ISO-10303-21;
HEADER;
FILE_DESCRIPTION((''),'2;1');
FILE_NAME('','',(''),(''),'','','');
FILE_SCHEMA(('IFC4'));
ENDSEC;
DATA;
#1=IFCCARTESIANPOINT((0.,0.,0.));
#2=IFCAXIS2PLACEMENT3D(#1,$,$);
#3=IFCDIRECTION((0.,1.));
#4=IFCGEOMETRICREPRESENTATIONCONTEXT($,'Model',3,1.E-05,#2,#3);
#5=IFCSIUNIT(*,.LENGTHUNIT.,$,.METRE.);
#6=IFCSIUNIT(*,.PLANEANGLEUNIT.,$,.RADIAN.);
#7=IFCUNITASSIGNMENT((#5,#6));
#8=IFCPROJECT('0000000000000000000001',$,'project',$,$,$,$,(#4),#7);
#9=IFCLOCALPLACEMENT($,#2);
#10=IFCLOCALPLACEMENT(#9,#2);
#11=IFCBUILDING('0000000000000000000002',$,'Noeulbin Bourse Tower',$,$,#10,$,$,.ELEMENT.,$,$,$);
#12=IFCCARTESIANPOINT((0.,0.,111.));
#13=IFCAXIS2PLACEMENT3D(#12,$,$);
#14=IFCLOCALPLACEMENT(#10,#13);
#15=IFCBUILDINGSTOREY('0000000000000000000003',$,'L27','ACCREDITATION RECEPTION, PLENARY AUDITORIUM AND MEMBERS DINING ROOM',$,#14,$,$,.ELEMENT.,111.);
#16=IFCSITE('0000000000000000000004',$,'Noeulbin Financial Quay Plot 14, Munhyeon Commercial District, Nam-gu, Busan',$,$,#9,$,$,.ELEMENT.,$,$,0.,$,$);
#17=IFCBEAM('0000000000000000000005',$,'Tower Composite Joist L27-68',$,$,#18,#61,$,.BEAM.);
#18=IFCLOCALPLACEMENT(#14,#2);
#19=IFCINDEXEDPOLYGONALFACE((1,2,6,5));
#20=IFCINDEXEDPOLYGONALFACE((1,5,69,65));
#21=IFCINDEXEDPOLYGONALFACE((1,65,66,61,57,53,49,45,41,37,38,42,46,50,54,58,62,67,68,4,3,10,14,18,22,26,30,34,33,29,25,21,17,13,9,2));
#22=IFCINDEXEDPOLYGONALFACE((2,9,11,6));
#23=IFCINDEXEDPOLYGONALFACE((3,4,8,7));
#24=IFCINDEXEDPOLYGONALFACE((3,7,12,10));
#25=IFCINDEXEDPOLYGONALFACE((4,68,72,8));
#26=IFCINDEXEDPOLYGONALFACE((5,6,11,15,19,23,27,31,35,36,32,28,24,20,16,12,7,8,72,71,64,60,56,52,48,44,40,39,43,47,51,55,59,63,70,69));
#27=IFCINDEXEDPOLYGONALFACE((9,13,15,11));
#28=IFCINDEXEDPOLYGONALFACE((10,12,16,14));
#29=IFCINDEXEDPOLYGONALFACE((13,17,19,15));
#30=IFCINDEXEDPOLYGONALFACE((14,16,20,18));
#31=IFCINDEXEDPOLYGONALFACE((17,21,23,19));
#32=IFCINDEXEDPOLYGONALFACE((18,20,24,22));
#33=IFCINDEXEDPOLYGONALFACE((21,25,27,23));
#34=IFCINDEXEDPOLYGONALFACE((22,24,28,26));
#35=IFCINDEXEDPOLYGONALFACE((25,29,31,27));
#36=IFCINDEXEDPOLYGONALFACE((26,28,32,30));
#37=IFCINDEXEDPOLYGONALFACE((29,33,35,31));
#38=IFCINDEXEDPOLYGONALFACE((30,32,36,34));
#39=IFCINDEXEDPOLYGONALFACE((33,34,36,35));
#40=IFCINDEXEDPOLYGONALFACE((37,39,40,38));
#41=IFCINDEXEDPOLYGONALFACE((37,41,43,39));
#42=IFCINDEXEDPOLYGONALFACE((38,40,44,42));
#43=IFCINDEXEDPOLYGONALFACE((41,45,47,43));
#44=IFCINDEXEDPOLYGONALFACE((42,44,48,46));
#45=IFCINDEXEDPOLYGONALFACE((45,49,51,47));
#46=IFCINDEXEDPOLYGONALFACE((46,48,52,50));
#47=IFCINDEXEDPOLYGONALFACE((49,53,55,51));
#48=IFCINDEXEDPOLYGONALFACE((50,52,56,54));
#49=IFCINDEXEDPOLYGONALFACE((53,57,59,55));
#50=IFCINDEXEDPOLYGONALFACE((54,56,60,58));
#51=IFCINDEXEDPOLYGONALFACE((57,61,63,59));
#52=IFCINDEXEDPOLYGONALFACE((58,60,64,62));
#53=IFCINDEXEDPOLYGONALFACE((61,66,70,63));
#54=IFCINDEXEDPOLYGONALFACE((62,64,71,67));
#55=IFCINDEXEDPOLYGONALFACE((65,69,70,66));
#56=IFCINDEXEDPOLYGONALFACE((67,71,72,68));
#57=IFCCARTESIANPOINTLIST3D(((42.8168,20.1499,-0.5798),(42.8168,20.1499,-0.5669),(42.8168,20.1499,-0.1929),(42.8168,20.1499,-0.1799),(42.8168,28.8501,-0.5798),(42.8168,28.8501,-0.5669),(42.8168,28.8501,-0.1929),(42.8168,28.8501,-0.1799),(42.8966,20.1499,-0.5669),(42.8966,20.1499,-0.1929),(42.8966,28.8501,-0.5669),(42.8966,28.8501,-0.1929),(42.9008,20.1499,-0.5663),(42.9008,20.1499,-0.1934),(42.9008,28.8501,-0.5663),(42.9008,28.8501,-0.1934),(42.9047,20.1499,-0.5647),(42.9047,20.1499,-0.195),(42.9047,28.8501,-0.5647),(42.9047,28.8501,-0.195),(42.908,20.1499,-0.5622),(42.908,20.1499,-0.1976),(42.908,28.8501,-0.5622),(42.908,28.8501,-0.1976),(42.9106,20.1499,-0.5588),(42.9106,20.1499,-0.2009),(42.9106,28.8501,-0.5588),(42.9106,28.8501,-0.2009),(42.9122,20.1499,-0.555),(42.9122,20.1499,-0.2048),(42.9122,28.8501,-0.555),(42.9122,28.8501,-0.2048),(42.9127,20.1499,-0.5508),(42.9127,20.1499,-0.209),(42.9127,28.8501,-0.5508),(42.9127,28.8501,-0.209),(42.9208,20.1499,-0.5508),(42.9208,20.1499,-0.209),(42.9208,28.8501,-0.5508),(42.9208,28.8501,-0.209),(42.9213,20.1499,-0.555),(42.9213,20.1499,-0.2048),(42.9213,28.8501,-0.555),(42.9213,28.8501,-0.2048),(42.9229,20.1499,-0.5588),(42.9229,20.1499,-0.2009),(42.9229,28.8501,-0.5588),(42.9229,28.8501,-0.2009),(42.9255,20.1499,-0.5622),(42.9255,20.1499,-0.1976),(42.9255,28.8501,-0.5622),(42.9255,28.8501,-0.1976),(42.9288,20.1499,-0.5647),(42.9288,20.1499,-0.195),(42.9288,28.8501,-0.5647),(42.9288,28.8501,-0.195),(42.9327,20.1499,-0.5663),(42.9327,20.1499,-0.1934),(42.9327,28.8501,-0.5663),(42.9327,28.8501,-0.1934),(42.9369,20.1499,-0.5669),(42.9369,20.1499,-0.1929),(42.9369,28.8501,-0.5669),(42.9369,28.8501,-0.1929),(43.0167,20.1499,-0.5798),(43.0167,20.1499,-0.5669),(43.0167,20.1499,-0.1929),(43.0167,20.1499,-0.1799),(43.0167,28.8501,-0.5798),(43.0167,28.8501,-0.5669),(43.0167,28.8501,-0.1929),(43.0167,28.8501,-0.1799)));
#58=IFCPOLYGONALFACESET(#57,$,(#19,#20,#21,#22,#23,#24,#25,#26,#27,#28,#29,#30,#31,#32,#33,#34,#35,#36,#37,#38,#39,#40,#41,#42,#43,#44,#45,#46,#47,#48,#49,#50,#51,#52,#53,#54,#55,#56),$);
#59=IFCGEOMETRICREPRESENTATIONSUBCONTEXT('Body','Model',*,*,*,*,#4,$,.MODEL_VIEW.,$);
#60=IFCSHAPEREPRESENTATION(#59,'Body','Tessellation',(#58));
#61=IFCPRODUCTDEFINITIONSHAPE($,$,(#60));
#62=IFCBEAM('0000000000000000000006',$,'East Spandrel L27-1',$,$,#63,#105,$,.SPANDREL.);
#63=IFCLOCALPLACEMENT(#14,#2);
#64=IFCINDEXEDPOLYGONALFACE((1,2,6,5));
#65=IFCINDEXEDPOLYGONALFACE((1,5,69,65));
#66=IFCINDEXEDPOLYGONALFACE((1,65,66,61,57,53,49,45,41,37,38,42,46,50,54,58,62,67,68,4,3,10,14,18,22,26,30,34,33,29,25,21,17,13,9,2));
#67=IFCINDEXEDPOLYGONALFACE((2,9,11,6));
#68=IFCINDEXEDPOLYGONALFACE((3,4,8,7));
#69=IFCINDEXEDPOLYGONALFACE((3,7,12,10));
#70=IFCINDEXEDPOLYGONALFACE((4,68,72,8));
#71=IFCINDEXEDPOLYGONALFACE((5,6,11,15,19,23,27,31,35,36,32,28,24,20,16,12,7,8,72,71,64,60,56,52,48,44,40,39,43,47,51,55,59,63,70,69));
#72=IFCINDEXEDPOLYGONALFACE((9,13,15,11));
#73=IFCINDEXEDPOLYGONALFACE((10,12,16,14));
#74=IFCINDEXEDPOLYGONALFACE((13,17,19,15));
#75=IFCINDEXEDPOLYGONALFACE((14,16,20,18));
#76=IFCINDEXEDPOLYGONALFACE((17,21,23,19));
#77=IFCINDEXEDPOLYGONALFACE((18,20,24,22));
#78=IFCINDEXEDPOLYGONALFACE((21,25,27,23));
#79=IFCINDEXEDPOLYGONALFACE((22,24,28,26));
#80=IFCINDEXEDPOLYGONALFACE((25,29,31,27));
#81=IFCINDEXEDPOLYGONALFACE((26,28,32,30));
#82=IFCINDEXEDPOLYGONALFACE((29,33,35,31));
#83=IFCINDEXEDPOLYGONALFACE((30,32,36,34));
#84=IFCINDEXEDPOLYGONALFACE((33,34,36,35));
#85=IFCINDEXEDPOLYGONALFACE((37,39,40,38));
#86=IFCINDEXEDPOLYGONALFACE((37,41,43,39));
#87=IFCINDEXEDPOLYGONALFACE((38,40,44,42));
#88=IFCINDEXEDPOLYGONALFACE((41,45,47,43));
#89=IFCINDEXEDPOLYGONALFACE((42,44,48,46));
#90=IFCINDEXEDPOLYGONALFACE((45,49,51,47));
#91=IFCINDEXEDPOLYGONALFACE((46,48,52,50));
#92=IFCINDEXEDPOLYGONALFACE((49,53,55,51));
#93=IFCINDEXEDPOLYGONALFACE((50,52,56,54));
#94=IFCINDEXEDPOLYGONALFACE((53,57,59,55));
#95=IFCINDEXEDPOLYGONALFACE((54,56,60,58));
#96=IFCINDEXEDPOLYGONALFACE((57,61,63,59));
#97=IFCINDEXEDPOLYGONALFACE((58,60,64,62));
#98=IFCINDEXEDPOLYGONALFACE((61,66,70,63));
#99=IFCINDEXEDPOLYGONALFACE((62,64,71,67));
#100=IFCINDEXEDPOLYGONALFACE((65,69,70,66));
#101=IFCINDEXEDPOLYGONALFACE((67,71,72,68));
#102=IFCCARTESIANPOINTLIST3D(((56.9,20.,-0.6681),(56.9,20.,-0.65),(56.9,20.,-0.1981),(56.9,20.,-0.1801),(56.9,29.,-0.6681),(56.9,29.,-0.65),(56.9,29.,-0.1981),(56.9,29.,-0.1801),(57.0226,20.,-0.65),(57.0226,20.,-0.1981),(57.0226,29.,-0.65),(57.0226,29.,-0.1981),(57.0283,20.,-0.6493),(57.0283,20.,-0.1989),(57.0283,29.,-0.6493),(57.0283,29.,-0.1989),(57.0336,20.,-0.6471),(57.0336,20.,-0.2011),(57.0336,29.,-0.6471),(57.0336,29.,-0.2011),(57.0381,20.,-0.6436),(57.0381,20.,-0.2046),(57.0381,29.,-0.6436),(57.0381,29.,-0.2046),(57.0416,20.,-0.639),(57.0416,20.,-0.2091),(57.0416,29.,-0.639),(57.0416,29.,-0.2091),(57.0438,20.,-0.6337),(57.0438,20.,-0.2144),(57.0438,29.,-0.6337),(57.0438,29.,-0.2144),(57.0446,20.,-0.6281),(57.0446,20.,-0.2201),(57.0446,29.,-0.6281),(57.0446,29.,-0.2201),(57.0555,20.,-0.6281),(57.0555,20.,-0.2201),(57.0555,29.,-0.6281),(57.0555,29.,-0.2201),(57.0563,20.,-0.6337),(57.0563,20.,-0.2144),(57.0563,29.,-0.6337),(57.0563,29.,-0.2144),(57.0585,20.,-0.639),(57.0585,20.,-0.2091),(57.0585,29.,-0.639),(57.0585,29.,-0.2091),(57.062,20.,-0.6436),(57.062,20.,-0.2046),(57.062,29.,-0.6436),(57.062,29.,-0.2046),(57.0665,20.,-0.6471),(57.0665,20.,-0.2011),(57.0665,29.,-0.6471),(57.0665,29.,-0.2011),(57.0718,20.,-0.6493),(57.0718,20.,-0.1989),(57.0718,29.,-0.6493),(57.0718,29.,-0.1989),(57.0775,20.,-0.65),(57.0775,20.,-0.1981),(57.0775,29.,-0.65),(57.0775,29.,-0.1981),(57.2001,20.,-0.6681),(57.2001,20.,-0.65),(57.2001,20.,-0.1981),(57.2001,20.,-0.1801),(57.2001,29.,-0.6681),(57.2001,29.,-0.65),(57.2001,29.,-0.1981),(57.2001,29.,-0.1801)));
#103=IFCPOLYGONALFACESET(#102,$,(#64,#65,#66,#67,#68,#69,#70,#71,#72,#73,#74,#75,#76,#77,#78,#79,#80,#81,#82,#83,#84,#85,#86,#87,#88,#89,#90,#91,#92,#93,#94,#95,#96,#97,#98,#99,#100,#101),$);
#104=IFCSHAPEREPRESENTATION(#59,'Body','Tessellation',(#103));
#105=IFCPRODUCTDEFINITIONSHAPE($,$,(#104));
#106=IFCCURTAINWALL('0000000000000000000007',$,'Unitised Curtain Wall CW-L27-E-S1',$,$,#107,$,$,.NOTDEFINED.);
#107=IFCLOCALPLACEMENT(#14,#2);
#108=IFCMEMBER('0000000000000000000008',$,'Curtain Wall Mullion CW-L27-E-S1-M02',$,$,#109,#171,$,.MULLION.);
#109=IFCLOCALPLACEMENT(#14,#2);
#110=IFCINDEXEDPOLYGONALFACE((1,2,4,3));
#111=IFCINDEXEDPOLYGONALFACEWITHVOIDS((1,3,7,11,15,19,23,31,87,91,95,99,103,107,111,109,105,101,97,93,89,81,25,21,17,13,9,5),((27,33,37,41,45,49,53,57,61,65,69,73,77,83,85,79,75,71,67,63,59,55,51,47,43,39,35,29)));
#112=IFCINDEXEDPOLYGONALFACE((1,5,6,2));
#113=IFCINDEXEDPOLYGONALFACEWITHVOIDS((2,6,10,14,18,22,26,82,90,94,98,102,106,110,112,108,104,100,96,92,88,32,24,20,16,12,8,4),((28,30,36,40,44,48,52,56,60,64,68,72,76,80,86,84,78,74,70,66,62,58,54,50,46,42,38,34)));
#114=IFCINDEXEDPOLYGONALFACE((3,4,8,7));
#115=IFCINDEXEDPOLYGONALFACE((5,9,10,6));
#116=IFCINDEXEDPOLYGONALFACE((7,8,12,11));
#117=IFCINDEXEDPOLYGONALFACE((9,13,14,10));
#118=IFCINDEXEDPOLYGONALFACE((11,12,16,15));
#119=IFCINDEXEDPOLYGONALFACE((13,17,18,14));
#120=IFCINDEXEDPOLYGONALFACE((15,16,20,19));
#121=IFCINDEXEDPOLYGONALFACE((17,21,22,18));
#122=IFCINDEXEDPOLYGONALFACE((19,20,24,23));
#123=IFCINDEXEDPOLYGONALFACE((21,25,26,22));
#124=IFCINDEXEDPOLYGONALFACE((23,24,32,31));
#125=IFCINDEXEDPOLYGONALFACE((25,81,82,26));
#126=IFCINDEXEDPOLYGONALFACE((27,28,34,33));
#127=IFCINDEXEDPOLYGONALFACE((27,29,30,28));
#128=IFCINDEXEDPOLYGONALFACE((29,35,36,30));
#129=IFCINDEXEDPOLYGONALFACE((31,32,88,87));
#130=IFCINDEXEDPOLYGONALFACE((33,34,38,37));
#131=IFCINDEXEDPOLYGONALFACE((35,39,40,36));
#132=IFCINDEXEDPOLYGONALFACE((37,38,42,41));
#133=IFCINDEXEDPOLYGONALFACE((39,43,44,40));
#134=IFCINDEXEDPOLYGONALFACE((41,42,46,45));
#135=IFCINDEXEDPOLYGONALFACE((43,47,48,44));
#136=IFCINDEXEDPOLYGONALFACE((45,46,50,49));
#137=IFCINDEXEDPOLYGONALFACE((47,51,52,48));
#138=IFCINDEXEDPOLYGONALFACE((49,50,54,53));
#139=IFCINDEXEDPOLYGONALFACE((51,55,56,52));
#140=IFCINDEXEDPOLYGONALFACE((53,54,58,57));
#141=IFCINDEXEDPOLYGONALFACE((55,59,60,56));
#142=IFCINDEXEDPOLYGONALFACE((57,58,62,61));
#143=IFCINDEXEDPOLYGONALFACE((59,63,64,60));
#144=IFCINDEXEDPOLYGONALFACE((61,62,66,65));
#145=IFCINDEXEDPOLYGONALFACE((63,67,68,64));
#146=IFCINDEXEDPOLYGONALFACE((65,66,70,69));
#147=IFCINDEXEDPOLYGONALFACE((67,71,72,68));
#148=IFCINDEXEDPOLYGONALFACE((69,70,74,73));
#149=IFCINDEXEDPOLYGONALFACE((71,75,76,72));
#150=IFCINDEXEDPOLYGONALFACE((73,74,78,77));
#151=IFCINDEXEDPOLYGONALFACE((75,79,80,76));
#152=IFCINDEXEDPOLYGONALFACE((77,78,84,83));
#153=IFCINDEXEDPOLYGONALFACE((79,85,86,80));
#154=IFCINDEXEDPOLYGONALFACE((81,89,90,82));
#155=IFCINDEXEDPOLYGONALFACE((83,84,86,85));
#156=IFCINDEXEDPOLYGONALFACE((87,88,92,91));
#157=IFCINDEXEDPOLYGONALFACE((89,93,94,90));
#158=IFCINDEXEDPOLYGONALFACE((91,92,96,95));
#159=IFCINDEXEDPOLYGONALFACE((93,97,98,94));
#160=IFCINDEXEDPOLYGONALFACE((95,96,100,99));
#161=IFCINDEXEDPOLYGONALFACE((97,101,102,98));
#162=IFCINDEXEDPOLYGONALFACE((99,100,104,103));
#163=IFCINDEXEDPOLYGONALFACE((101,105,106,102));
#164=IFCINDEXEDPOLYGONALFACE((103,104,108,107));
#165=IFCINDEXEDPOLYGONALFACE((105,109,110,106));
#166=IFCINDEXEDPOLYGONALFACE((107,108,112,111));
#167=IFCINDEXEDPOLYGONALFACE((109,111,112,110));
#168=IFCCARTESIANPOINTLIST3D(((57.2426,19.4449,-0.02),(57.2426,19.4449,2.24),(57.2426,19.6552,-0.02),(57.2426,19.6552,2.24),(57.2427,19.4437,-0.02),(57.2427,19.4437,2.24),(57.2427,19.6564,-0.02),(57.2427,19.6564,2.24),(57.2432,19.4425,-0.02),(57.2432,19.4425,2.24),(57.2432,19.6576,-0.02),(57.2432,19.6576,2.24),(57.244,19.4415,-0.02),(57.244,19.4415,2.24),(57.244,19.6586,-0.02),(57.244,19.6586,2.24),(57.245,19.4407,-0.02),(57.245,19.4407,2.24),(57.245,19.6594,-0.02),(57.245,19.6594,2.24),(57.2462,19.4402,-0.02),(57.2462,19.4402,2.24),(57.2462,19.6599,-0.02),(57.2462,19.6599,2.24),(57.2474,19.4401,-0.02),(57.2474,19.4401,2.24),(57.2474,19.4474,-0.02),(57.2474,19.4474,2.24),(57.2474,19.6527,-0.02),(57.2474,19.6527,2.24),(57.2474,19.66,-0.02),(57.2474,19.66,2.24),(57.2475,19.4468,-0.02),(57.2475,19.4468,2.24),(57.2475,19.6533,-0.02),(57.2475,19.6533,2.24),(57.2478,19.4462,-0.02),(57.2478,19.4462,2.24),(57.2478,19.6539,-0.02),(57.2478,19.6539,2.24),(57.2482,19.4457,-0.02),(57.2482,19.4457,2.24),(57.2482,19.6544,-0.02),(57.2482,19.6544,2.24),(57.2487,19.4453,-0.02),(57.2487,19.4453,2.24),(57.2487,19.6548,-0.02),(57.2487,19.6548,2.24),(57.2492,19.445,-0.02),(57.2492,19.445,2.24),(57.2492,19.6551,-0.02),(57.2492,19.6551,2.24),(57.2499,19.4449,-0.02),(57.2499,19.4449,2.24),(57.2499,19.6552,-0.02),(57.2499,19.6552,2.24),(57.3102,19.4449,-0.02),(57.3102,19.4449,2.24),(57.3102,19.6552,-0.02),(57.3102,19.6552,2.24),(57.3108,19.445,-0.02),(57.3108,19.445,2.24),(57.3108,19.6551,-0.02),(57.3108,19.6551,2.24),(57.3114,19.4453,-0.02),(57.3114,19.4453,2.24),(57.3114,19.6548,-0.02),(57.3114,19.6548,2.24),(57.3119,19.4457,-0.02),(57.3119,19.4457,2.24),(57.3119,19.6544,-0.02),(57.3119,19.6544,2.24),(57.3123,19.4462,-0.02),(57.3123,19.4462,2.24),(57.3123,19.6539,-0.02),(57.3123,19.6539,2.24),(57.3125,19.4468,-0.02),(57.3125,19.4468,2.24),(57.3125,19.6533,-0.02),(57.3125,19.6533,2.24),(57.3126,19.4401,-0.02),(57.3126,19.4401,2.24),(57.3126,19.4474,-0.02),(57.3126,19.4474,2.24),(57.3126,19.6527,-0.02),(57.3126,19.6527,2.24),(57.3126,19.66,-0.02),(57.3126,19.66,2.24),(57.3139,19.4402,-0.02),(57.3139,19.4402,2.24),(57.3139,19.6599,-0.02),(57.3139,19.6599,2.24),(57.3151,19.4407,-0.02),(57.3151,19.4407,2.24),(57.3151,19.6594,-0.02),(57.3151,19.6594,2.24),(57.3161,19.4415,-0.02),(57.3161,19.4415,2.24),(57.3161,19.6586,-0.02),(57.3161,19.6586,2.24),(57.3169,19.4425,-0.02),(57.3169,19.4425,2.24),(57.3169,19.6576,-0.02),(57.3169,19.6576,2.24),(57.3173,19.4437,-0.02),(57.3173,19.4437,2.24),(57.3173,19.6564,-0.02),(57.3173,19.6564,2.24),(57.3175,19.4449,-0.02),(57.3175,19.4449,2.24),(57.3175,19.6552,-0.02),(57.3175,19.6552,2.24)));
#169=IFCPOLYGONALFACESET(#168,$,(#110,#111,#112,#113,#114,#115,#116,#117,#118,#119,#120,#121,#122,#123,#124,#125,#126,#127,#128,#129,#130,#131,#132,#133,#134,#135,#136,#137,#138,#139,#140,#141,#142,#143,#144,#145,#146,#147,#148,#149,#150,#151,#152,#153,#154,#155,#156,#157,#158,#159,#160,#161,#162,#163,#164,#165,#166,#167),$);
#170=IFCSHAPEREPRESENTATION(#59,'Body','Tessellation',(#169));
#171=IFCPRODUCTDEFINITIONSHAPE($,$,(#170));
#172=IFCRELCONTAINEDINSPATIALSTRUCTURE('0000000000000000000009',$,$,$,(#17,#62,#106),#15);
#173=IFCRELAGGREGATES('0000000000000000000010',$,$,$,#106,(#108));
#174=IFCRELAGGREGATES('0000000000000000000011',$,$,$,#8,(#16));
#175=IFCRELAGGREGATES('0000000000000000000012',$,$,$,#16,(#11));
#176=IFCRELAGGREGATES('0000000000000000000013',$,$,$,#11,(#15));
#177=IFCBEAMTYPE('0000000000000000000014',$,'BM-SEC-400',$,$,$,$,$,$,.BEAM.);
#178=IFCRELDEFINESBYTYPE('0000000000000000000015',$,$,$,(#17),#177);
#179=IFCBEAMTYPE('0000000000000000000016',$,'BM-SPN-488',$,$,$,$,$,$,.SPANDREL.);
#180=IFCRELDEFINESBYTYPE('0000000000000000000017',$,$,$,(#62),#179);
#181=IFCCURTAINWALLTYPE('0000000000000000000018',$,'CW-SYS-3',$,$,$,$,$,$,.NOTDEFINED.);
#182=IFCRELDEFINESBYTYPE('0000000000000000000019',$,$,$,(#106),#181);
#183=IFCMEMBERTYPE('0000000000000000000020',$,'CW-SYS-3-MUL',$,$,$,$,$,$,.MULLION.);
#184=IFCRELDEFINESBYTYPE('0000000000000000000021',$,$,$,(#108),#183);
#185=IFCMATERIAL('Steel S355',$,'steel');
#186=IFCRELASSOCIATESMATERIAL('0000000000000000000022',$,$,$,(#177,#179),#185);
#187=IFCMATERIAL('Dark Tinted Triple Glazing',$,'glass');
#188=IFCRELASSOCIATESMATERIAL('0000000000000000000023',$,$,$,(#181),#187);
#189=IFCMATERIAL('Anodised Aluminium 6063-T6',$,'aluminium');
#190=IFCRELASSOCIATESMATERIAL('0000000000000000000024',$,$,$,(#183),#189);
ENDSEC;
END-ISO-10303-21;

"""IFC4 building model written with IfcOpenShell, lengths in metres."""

from ifc_helpers import new_model, si_unit, direction, frame, origin, origin_2d, place, context, subcontext, project, spatial, hollow_rectangle, i_section, extrude, material, material_profile, profile_set, type_object, element, aggregate, save


model = new_model("IFC4")

# Units and contexts
model_context = context("Model", 3, precision=1e-05, world=origin(), true_north=direction((0.0, 1.0)))
body_context = subcontext(model_context, "Body", "Model", "MODEL_VIEW")
ifc_project = project(units=[si_unit("LENGTHUNIT", "METRE"), si_unit("PLANEANGLEUNIT", "RADIAN")], contexts=[model_context])

# Site, building, storey
site_placement = place(None, origin())
site = spatial("IfcSite", under=ifc_project, at=site_placement, Name="Noeulbin Financial Quay Plot 14, Munhyeon Commercial District, Nam-gu, Busan", CompositionType="ELEMENT", RefElevation=0.0)
building_placement = place(site_placement, origin())
building = spatial("IfcBuilding", under=site, at=building_placement, Name="Noeulbin Bourse Tower", CompositionType="ELEMENT")
storey_placement = place(building_placement, frame((0.0, 0.0, 111.0)))
storey = spatial("IfcBuildingStorey", under=building, at=storey_placement, Name="L27", Description="ACCREDITATION RECEPTION, PLENARY AUDITORIUM AND MEMBERS DINING ROOM", CompositionType="ELEMENT", Elevation=111.0)

# Shared definitions
ifc_material_1 = material(Name="Steel S355", Category="steel")

# Beams
ifc_material_profile_1 = material_profile(ifc_material_1, i_section(OverallWidth=0.2, OverallDepth=0.3999, WebThickness=0.0081, FlangeThickness=0.0129, FilletRadius=0.0161, at=origin_2d()), Name="H-400x200x8x13", Category="LoadBearing")
ifc_profile_set_1 = profile_set([ifc_material_profile_1], Name="Steel S355")
beam_type_1 = type_object("IfcBeamType", Name="BM-SEC-400", PredefinedType="BEAM", material=ifc_profile_set_1)
for number, where, z_axis, x_axis, name in (
    (1, (42.9167, 20.1499, -0.3799), (0.0, 1.0, 0.0), (-1.0, 0.0, 0.0), "Tower Composite Joist L27-68"),
):
    element("IfcBeam", number, at=place(storey_placement, frame(where, z_axis=z_axis, x_axis=x_axis)), inside=storey, type_object=beam_type_1, Name=name, PredefinedType="BEAM", context=body_context, shape_type="SweptSolid", body=[
        extrude(i_section(OverallWidth=0.2, OverallDepth=0.3999, WebThickness=0.0081, FlangeThickness=0.0129, FilletRadius=0.0161, at=origin_2d()), origin(), (0.0, 0.0, 1.0), 8.7002),
    ])
ifc_material_profile_2 = material_profile(ifc_material_1, i_section(OverallWidth=0.3, OverallDepth=0.488, WebThickness=0.011, FlangeThickness=0.0181, FilletRadius=0.022, at=origin_2d()), Name="H-488x300x11x18", Category="LoadBearing")
ifc_profile_set_2 = profile_set([ifc_material_profile_2], Name="Steel S355")
beam_type_2 = type_object("IfcBeamType", Name="BM-SPN-488", PredefinedType="SPANDREL", material=ifc_profile_set_2)
beam_1_placement = place(storey_placement, frame((57.05, 20.0, -0.4241), z_axis=(0.0, 1.0, 0.0), x_axis=(-1.0, 0.0, 0.0)))
element("IfcBeam", 2, at=beam_1_placement, inside=storey, type_object=beam_type_2, Name="East Spandrel L27-1", PredefinedType="SPANDREL", context=body_context, shape_type="SweptSolid", body=[
    extrude(i_section(OverallWidth=0.3, OverallDepth=0.488, WebThickness=0.011, FlangeThickness=0.0181, FilletRadius=0.022, at=origin_2d()), origin(), (0.0, 0.0, 1.0), 9.0),
])

# Curtain wall, member
ifc_material_2 = material(Name="Dark Tinted Triple Glazing", Category="glass")
curtain_wall_type = type_object("IfcCurtainWallType", Name="CW-SYS-3", PredefinedType="NOTDEFINED", material=ifc_material_2)
curtain_wall_1_placement = place(storey_placement, origin())
curtain_wall_1 = element("IfcCurtainWall", 3, at=curtain_wall_1_placement, inside=storey, type_object=curtain_wall_type, Name="Unitised Curtain Wall CW-L27-E-S1", PredefinedType="NOTDEFINED")
ifc_material_3 = material(Name="Anodised Aluminium 6063-T6", Category="aluminium")
ifc_material_profile_3 = material_profile(ifc_material_3, hollow_rectangle(XDim=0.075, YDim=0.22, WallThickness=0.0049, InnerFilletRadius=0.0024, OuterFilletRadius=0.0049, at=origin_2d()), Name="ALU-MULL-75x220x5", Category="LoadBearing")
ifc_profile_set_3 = profile_set([ifc_material_profile_3], Name="Anodised Aluminium 6063-T6")
member_type_1 = type_object("IfcMemberType", Name="CW-SYS-3-MUL", PredefinedType="MULLION", material=ifc_profile_set_3)
member_1_placement = place(storey_placement, frame((57.28, 19.55, -0.02), z_axis=(0.0, 0.0, 1.0), x_axis=(1.0, 0.0, 0.0)))
member_1 = element("IfcMember", 4, at=member_1_placement, type_object=member_type_1, Name="Curtain Wall Mullion CW-L27-E-S1-M02", PredefinedType="MULLION", context=body_context, shape_type="SweptSolid", body=[
    extrude(hollow_rectangle(XDim=0.075, YDim=0.22, WallThickness=0.0049, InnerFilletRadius=0.0024, OuterFilletRadius=0.0049, at=origin_2d()), origin(), (0.0, 0.0, 1.0), 2.26),
])
aggregate(curtain_wall_1, [member_1])

save(model, "model.ifc")
